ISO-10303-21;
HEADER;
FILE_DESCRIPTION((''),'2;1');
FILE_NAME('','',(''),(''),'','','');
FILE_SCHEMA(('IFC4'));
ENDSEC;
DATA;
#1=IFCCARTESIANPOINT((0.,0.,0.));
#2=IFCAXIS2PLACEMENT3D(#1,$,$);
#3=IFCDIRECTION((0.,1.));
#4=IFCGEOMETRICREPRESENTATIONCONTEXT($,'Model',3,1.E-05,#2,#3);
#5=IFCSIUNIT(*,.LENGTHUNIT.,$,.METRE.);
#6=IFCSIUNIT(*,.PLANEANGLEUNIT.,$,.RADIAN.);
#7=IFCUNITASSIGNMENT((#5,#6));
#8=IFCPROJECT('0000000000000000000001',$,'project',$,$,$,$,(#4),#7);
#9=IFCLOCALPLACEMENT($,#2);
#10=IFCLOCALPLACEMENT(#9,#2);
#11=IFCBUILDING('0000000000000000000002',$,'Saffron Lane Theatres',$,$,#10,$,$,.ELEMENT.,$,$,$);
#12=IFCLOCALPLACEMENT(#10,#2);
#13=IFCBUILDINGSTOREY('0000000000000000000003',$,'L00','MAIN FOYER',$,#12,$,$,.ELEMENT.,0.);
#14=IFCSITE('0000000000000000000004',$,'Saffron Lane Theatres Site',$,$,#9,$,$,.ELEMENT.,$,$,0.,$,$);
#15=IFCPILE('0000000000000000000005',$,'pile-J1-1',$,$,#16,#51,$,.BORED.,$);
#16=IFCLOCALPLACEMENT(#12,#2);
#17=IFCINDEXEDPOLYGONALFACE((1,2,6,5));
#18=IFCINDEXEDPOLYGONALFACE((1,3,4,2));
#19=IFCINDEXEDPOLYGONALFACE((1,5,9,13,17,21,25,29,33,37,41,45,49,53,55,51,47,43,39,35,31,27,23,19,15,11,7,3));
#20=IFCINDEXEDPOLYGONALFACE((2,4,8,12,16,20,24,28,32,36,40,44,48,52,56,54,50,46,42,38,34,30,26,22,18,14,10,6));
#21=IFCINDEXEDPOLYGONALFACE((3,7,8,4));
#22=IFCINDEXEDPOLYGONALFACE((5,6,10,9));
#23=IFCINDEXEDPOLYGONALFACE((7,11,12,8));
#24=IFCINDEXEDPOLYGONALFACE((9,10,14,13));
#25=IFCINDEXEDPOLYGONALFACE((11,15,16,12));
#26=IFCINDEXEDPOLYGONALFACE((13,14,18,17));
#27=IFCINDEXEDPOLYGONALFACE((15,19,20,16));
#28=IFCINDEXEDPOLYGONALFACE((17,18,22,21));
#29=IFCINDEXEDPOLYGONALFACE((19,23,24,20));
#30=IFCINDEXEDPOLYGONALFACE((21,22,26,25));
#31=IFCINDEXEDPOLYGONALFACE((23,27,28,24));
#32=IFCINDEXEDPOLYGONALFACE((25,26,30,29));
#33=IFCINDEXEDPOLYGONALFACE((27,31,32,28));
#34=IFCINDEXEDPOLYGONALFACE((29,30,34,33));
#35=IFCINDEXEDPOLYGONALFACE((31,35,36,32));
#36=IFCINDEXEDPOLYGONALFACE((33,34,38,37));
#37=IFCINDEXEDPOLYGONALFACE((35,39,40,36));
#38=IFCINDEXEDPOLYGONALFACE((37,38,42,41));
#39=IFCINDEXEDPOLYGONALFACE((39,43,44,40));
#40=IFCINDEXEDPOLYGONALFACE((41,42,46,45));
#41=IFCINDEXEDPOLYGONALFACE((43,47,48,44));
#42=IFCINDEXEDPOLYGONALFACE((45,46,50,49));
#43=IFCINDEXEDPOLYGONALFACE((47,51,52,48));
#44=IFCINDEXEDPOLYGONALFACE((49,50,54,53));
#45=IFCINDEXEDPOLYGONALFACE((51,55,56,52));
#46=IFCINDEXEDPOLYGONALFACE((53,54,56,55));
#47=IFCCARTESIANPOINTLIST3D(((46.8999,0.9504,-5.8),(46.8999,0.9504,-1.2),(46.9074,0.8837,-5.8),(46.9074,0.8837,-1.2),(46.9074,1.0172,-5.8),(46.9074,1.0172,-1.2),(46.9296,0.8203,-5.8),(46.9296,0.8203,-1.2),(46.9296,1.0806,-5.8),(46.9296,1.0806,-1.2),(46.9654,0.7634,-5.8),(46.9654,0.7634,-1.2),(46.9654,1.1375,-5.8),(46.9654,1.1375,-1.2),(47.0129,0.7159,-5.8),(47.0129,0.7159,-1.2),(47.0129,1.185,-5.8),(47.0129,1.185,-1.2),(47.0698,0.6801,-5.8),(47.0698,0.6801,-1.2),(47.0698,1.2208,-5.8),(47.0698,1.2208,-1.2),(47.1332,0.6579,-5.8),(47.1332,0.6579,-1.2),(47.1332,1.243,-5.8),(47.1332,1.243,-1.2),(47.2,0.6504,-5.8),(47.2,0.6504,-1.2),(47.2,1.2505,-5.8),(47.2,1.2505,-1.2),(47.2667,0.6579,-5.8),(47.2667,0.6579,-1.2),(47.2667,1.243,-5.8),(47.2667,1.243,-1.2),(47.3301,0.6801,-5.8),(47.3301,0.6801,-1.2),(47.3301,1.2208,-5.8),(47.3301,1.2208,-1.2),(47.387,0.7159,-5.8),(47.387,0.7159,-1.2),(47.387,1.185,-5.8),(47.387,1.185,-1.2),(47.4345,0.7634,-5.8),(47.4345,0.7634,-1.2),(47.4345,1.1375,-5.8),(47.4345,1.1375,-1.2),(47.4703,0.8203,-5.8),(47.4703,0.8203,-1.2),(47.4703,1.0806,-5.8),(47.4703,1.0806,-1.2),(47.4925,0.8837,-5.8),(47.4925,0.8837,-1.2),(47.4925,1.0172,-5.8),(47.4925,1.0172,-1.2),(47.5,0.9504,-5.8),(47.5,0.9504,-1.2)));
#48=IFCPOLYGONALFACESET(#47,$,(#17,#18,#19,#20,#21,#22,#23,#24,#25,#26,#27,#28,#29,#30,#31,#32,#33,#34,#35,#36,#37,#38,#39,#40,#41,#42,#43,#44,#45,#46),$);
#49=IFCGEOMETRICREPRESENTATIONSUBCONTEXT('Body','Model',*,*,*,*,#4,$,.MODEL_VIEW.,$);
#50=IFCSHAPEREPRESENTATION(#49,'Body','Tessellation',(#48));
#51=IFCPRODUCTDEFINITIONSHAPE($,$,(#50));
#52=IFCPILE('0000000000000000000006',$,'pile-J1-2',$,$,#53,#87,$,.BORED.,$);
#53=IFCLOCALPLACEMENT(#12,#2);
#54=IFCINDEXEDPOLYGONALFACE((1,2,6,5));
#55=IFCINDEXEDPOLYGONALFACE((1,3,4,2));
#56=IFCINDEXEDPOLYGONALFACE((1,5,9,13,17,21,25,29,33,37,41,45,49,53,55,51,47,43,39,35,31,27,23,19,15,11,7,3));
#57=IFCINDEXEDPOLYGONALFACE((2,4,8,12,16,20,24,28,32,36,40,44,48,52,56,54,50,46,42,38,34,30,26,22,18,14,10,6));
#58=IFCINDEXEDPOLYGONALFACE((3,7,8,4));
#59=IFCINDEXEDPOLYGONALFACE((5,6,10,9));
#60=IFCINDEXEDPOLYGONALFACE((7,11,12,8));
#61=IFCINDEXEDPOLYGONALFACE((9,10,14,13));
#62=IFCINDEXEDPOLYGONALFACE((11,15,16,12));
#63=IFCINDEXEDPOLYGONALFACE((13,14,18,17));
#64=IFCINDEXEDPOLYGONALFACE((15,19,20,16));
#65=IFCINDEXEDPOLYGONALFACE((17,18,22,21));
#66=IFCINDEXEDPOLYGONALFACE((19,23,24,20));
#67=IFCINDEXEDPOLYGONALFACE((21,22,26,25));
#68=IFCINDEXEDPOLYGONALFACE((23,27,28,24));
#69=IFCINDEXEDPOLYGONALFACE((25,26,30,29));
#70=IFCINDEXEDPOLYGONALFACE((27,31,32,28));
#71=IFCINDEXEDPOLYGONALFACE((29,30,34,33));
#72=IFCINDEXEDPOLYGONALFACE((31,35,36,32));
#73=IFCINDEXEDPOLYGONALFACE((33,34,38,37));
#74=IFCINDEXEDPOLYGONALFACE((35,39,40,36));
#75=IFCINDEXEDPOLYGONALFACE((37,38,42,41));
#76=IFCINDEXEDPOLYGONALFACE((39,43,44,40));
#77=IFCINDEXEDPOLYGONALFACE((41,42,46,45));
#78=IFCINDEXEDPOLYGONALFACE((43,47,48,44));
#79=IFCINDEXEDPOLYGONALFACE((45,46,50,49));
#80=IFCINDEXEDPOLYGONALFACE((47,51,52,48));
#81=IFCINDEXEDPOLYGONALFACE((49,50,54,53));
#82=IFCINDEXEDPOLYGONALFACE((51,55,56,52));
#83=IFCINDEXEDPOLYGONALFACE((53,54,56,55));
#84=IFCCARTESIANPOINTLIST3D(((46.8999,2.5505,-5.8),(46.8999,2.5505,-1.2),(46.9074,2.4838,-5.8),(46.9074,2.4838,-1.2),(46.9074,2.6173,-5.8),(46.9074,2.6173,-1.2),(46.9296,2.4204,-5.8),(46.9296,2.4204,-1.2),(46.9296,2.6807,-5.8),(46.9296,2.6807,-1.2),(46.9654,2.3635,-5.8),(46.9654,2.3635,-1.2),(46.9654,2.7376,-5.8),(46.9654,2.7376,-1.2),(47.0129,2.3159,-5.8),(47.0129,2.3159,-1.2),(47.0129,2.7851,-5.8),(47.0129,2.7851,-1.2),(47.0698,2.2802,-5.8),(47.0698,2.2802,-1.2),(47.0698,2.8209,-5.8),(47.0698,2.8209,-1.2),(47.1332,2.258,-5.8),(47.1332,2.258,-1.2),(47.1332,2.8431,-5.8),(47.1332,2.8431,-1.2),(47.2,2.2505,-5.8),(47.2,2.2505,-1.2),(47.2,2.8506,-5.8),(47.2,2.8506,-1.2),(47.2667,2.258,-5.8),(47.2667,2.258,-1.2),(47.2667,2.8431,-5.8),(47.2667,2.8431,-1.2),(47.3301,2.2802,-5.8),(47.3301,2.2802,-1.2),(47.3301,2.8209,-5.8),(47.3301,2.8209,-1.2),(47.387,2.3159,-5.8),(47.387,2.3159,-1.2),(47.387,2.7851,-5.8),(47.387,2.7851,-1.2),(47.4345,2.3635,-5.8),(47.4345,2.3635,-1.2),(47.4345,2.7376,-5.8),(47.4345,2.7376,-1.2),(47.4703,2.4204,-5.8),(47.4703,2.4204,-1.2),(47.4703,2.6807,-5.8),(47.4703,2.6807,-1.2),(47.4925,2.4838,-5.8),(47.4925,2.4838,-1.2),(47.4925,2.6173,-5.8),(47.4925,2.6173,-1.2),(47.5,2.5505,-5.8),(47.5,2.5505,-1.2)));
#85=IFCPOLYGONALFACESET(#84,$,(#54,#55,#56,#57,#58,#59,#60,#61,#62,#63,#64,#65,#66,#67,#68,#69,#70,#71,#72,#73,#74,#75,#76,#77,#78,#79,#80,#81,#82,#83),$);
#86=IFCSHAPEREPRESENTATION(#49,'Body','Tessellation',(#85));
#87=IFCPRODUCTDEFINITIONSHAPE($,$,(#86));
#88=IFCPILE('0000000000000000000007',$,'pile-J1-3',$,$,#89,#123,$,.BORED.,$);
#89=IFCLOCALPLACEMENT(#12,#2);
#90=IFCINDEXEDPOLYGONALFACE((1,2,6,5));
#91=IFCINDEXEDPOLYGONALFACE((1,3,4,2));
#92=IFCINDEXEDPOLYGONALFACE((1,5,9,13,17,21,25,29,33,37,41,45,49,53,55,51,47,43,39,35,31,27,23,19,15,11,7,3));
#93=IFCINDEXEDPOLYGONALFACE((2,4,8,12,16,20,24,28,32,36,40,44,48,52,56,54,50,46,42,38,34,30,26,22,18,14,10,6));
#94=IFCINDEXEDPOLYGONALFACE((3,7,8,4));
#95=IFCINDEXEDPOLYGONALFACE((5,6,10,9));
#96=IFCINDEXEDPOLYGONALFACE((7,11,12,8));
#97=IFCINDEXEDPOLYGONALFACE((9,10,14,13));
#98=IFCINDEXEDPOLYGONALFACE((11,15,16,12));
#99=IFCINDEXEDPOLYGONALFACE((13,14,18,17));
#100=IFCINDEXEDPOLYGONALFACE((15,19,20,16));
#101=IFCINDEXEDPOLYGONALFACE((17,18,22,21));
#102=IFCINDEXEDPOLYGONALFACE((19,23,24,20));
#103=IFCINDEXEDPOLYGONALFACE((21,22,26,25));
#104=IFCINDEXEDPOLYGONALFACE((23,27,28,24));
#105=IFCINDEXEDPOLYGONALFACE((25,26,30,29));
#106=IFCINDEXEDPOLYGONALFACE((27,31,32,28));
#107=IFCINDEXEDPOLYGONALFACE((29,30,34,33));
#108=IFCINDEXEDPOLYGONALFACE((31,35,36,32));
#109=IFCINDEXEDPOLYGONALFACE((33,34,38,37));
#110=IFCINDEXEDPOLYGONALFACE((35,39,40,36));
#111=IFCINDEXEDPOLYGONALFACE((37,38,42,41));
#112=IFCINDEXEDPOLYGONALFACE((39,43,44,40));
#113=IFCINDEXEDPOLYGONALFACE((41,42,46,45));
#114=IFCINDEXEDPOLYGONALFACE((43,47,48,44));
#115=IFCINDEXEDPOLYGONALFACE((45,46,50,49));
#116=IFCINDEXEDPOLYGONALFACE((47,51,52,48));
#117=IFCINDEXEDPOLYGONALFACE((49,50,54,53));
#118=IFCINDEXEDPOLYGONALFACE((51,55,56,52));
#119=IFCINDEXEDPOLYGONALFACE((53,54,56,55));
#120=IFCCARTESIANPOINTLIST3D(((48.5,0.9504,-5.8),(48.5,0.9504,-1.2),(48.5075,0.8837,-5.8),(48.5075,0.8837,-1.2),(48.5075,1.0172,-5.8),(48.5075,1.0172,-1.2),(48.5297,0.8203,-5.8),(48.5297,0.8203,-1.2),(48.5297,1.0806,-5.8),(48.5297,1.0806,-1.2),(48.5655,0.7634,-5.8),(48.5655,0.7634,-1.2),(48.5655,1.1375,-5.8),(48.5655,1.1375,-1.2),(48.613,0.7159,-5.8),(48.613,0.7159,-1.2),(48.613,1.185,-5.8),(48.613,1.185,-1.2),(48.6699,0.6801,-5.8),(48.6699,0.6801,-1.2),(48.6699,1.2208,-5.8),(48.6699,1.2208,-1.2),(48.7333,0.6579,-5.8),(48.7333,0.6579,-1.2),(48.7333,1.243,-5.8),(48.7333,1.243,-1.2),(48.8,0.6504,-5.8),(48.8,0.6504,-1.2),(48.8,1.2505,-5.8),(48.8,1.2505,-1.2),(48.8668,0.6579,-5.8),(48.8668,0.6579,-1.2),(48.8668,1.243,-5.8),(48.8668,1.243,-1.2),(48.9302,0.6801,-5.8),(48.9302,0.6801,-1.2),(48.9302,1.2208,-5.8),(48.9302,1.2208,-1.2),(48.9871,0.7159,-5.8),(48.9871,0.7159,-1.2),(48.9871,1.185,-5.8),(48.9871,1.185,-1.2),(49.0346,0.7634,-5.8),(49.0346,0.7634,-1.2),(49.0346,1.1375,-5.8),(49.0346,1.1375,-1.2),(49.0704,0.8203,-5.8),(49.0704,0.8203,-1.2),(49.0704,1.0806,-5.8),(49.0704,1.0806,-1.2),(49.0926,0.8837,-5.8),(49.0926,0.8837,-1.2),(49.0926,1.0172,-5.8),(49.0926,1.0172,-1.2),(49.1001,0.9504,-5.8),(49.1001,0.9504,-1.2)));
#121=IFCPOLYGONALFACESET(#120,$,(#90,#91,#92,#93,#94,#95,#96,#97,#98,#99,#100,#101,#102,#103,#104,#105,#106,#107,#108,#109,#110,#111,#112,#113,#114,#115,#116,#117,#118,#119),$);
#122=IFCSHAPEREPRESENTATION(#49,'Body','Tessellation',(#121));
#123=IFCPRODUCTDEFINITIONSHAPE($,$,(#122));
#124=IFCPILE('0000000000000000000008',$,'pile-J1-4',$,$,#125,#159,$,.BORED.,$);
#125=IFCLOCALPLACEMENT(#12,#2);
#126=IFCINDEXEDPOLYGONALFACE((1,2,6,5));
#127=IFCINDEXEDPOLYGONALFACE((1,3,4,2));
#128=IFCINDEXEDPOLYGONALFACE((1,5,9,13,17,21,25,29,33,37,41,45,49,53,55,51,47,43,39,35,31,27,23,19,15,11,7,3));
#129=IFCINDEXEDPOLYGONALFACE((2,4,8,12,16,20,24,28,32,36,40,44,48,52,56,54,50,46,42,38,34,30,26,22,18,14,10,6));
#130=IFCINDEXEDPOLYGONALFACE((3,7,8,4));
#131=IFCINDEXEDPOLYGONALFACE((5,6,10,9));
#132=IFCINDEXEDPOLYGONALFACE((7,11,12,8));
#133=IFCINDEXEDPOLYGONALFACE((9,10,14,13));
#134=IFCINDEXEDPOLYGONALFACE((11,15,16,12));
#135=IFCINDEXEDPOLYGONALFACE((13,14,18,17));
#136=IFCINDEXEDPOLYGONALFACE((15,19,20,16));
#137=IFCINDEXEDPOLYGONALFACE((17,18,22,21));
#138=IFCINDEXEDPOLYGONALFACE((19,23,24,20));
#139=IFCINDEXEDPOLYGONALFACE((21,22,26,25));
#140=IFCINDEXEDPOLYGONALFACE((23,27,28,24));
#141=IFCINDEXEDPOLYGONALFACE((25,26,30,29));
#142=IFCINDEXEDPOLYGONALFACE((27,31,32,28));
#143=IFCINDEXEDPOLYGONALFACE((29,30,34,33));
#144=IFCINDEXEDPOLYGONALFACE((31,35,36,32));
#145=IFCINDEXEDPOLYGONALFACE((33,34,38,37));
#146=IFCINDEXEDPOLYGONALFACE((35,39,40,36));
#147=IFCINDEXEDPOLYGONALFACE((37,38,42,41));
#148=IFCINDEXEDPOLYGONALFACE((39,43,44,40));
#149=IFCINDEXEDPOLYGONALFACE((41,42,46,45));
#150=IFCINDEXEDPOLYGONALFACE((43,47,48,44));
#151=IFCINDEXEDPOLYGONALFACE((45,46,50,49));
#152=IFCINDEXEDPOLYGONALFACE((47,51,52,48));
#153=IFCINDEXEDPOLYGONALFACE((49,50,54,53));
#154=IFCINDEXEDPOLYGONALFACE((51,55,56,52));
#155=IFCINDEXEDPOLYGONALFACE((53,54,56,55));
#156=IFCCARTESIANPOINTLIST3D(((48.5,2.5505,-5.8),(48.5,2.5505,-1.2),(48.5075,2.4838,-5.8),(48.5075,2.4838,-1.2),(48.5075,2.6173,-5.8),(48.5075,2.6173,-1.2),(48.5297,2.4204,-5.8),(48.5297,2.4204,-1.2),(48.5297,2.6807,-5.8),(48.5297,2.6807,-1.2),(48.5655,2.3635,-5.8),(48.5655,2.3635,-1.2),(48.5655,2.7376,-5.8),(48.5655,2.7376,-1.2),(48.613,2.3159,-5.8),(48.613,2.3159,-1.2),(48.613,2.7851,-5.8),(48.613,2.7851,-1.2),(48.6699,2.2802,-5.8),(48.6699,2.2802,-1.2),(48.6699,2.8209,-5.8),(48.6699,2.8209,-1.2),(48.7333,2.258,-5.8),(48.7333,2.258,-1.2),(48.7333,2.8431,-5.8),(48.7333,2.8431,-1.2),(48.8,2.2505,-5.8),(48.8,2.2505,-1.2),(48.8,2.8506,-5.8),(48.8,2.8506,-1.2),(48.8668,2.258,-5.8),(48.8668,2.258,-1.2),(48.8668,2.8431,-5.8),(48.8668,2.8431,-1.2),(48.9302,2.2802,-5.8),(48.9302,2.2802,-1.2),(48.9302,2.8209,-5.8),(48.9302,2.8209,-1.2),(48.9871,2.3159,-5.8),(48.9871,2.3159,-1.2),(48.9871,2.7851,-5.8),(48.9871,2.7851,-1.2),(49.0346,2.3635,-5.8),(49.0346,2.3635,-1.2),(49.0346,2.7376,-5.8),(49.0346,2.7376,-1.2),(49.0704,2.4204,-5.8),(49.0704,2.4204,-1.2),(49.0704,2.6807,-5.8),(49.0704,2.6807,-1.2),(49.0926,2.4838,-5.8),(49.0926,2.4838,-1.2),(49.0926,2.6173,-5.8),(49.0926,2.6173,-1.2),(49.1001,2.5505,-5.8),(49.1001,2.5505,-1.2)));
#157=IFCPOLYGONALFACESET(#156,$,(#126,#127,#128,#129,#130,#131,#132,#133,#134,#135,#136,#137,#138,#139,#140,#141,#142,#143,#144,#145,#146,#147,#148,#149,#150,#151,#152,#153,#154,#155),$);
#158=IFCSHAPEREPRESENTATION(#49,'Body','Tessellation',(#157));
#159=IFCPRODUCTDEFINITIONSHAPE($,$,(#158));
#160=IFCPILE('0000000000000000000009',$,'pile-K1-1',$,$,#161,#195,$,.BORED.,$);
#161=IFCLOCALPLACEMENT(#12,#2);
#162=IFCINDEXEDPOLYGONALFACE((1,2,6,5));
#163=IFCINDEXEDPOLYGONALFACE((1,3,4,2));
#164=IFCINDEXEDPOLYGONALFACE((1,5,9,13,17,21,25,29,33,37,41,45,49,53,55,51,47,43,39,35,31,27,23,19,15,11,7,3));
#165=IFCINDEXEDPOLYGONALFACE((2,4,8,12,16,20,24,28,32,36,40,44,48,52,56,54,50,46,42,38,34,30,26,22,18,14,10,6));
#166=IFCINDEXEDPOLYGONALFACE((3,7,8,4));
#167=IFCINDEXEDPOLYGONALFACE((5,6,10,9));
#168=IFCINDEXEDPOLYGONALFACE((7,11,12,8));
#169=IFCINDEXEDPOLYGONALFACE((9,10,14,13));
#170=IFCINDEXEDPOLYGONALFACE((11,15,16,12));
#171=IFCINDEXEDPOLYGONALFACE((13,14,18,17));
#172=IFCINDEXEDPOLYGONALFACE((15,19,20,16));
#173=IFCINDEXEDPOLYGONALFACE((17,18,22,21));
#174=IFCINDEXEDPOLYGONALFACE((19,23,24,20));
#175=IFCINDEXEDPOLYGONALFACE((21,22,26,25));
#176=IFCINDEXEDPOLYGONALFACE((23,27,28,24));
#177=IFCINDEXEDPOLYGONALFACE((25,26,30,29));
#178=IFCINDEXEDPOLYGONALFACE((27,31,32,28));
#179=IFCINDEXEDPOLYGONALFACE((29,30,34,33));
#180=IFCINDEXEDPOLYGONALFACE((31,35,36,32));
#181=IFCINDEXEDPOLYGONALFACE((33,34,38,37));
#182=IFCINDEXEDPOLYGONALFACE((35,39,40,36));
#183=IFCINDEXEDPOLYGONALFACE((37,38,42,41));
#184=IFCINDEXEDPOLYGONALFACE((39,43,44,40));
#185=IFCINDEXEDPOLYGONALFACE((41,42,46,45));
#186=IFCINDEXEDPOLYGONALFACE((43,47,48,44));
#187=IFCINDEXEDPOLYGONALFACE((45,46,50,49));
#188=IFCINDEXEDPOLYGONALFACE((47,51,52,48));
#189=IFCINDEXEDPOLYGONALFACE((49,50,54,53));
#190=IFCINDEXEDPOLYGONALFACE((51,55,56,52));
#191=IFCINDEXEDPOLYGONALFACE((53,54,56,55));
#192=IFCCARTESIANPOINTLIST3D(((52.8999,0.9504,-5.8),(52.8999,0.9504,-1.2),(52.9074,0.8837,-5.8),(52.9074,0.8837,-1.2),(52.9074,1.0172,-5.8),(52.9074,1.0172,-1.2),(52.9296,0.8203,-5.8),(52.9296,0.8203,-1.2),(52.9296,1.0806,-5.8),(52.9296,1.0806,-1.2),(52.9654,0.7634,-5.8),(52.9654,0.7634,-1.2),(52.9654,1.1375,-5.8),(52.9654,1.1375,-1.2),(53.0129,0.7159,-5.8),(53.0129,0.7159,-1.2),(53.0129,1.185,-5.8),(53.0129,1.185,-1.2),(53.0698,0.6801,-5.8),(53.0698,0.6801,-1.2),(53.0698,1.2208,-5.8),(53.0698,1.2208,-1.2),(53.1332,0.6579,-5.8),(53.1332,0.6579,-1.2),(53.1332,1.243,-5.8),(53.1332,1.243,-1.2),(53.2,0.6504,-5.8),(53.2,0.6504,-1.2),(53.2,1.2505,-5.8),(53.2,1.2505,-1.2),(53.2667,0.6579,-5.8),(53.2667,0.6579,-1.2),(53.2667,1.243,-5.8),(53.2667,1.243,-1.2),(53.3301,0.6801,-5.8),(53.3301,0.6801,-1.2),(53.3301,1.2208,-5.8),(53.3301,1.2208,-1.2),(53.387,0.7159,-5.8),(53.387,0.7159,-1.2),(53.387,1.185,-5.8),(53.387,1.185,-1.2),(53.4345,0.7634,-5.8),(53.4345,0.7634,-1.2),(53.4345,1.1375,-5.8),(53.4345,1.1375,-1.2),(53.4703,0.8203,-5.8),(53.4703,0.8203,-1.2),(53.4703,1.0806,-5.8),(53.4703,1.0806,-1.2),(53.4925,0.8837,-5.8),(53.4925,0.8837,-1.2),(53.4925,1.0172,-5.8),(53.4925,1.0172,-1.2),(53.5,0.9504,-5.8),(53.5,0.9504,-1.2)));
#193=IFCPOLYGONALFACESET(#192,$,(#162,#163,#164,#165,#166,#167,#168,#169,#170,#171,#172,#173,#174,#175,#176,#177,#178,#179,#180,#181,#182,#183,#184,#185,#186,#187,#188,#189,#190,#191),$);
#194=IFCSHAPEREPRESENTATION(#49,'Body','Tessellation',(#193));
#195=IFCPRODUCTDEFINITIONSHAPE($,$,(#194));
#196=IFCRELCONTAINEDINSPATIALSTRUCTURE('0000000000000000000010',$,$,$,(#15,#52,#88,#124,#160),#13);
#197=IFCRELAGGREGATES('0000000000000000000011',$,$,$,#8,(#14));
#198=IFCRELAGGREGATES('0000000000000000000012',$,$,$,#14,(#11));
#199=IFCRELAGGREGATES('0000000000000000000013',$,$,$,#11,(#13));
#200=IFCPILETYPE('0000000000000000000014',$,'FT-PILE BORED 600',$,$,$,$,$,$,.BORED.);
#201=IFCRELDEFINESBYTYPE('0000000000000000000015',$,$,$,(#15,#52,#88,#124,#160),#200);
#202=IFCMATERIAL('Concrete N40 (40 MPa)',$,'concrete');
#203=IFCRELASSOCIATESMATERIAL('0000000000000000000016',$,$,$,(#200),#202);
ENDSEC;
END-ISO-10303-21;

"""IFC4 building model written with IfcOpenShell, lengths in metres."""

from ifc_helpers import new_model, si_unit, direction, frame, origin, origin_2d, place, context, subcontext, project, spatial, circle, extrude, material, material_profile, profile_set, type_object, element, save


model = new_model("IFC4")

# Units and contexts
model_context = context("Model", 3, precision=1e-05, world=origin(), true_north=direction((0.0, 1.0)))
body_context = subcontext(model_context, "Body", "Model", "MODEL_VIEW")
ifc_project = project(units=[si_unit("LENGTHUNIT", "METRE"), si_unit("PLANEANGLEUNIT", "RADIAN")], contexts=[model_context])

# Site, building, storey
site_placement = place(None, origin())
site = spatial("IfcSite", under=ifc_project, at=site_placement, Name="Saffron Lane Theatres Site", CompositionType="ELEMENT", RefElevation=0.0)
building_placement = place(site_placement, origin())
building = spatial("IfcBuilding", under=site, at=building_placement, Name="Saffron Lane Theatres", CompositionType="ELEMENT")
storey_placement = place(building_placement, origin())
storey = spatial("IfcBuildingStorey", under=building, at=storey_placement, Name="L00", Description="MAIN FOYER", CompositionType="ELEMENT", Elevation=0.0)

# Piles
ifc_material_1 = material(Name="Concrete N40 (40 MPa)", Category="concrete")
ifc_material_profile_1 = material_profile(ifc_material_1, circle(Radius=0.3, at=origin_2d()))
ifc_profile_set_1 = profile_set([ifc_material_profile_1], Name="Concrete N40 (40 MPa)")
pile_type = type_object("IfcPileType", Name="FT-PILE BORED 600", PredefinedType="BORED", material=ifc_profile_set_1)
for number, where, z_axis, x_axis, name in (
    (1, (47.2, 0.9504, -1.2), (0.0, 0.0, -1.0), (1.0, 0.0, 0.0), "pile-J1-1"),
    (2, (47.2, 2.5505, -1.2), (0.0, 0.0, -1.0), (1.0, 0.0, 0.0), "pile-J1-2"),
    (3, (48.8, 0.9504, -1.2), (0.0, 0.0, -1.0), (1.0, 0.0, 0.0), "pile-J1-3"),
    (4, (48.8, 2.5505, -1.2), (0.0, 0.0, -1.0), (1.0, 0.0, 0.0), "pile-J1-4"),
    (5, (53.2, 0.9504, -1.2), (0.0, 0.0, -1.0), (1.0, 0.0, 0.0), "pile-K1-1"),
):
    element("IfcPile", number, at=place(storey_placement, frame(where, z_axis=z_axis, x_axis=x_axis)), inside=storey, type_object=pile_type, Name=name, PredefinedType="BORED", context=body_context, shape_type="SweptSolid", body=[
        extrude(circle(Radius=0.3, at=origin_2d()), origin(), (0.0, 0.0, 1.0), 4.6001),
    ])

save(model, "model.ifc")
